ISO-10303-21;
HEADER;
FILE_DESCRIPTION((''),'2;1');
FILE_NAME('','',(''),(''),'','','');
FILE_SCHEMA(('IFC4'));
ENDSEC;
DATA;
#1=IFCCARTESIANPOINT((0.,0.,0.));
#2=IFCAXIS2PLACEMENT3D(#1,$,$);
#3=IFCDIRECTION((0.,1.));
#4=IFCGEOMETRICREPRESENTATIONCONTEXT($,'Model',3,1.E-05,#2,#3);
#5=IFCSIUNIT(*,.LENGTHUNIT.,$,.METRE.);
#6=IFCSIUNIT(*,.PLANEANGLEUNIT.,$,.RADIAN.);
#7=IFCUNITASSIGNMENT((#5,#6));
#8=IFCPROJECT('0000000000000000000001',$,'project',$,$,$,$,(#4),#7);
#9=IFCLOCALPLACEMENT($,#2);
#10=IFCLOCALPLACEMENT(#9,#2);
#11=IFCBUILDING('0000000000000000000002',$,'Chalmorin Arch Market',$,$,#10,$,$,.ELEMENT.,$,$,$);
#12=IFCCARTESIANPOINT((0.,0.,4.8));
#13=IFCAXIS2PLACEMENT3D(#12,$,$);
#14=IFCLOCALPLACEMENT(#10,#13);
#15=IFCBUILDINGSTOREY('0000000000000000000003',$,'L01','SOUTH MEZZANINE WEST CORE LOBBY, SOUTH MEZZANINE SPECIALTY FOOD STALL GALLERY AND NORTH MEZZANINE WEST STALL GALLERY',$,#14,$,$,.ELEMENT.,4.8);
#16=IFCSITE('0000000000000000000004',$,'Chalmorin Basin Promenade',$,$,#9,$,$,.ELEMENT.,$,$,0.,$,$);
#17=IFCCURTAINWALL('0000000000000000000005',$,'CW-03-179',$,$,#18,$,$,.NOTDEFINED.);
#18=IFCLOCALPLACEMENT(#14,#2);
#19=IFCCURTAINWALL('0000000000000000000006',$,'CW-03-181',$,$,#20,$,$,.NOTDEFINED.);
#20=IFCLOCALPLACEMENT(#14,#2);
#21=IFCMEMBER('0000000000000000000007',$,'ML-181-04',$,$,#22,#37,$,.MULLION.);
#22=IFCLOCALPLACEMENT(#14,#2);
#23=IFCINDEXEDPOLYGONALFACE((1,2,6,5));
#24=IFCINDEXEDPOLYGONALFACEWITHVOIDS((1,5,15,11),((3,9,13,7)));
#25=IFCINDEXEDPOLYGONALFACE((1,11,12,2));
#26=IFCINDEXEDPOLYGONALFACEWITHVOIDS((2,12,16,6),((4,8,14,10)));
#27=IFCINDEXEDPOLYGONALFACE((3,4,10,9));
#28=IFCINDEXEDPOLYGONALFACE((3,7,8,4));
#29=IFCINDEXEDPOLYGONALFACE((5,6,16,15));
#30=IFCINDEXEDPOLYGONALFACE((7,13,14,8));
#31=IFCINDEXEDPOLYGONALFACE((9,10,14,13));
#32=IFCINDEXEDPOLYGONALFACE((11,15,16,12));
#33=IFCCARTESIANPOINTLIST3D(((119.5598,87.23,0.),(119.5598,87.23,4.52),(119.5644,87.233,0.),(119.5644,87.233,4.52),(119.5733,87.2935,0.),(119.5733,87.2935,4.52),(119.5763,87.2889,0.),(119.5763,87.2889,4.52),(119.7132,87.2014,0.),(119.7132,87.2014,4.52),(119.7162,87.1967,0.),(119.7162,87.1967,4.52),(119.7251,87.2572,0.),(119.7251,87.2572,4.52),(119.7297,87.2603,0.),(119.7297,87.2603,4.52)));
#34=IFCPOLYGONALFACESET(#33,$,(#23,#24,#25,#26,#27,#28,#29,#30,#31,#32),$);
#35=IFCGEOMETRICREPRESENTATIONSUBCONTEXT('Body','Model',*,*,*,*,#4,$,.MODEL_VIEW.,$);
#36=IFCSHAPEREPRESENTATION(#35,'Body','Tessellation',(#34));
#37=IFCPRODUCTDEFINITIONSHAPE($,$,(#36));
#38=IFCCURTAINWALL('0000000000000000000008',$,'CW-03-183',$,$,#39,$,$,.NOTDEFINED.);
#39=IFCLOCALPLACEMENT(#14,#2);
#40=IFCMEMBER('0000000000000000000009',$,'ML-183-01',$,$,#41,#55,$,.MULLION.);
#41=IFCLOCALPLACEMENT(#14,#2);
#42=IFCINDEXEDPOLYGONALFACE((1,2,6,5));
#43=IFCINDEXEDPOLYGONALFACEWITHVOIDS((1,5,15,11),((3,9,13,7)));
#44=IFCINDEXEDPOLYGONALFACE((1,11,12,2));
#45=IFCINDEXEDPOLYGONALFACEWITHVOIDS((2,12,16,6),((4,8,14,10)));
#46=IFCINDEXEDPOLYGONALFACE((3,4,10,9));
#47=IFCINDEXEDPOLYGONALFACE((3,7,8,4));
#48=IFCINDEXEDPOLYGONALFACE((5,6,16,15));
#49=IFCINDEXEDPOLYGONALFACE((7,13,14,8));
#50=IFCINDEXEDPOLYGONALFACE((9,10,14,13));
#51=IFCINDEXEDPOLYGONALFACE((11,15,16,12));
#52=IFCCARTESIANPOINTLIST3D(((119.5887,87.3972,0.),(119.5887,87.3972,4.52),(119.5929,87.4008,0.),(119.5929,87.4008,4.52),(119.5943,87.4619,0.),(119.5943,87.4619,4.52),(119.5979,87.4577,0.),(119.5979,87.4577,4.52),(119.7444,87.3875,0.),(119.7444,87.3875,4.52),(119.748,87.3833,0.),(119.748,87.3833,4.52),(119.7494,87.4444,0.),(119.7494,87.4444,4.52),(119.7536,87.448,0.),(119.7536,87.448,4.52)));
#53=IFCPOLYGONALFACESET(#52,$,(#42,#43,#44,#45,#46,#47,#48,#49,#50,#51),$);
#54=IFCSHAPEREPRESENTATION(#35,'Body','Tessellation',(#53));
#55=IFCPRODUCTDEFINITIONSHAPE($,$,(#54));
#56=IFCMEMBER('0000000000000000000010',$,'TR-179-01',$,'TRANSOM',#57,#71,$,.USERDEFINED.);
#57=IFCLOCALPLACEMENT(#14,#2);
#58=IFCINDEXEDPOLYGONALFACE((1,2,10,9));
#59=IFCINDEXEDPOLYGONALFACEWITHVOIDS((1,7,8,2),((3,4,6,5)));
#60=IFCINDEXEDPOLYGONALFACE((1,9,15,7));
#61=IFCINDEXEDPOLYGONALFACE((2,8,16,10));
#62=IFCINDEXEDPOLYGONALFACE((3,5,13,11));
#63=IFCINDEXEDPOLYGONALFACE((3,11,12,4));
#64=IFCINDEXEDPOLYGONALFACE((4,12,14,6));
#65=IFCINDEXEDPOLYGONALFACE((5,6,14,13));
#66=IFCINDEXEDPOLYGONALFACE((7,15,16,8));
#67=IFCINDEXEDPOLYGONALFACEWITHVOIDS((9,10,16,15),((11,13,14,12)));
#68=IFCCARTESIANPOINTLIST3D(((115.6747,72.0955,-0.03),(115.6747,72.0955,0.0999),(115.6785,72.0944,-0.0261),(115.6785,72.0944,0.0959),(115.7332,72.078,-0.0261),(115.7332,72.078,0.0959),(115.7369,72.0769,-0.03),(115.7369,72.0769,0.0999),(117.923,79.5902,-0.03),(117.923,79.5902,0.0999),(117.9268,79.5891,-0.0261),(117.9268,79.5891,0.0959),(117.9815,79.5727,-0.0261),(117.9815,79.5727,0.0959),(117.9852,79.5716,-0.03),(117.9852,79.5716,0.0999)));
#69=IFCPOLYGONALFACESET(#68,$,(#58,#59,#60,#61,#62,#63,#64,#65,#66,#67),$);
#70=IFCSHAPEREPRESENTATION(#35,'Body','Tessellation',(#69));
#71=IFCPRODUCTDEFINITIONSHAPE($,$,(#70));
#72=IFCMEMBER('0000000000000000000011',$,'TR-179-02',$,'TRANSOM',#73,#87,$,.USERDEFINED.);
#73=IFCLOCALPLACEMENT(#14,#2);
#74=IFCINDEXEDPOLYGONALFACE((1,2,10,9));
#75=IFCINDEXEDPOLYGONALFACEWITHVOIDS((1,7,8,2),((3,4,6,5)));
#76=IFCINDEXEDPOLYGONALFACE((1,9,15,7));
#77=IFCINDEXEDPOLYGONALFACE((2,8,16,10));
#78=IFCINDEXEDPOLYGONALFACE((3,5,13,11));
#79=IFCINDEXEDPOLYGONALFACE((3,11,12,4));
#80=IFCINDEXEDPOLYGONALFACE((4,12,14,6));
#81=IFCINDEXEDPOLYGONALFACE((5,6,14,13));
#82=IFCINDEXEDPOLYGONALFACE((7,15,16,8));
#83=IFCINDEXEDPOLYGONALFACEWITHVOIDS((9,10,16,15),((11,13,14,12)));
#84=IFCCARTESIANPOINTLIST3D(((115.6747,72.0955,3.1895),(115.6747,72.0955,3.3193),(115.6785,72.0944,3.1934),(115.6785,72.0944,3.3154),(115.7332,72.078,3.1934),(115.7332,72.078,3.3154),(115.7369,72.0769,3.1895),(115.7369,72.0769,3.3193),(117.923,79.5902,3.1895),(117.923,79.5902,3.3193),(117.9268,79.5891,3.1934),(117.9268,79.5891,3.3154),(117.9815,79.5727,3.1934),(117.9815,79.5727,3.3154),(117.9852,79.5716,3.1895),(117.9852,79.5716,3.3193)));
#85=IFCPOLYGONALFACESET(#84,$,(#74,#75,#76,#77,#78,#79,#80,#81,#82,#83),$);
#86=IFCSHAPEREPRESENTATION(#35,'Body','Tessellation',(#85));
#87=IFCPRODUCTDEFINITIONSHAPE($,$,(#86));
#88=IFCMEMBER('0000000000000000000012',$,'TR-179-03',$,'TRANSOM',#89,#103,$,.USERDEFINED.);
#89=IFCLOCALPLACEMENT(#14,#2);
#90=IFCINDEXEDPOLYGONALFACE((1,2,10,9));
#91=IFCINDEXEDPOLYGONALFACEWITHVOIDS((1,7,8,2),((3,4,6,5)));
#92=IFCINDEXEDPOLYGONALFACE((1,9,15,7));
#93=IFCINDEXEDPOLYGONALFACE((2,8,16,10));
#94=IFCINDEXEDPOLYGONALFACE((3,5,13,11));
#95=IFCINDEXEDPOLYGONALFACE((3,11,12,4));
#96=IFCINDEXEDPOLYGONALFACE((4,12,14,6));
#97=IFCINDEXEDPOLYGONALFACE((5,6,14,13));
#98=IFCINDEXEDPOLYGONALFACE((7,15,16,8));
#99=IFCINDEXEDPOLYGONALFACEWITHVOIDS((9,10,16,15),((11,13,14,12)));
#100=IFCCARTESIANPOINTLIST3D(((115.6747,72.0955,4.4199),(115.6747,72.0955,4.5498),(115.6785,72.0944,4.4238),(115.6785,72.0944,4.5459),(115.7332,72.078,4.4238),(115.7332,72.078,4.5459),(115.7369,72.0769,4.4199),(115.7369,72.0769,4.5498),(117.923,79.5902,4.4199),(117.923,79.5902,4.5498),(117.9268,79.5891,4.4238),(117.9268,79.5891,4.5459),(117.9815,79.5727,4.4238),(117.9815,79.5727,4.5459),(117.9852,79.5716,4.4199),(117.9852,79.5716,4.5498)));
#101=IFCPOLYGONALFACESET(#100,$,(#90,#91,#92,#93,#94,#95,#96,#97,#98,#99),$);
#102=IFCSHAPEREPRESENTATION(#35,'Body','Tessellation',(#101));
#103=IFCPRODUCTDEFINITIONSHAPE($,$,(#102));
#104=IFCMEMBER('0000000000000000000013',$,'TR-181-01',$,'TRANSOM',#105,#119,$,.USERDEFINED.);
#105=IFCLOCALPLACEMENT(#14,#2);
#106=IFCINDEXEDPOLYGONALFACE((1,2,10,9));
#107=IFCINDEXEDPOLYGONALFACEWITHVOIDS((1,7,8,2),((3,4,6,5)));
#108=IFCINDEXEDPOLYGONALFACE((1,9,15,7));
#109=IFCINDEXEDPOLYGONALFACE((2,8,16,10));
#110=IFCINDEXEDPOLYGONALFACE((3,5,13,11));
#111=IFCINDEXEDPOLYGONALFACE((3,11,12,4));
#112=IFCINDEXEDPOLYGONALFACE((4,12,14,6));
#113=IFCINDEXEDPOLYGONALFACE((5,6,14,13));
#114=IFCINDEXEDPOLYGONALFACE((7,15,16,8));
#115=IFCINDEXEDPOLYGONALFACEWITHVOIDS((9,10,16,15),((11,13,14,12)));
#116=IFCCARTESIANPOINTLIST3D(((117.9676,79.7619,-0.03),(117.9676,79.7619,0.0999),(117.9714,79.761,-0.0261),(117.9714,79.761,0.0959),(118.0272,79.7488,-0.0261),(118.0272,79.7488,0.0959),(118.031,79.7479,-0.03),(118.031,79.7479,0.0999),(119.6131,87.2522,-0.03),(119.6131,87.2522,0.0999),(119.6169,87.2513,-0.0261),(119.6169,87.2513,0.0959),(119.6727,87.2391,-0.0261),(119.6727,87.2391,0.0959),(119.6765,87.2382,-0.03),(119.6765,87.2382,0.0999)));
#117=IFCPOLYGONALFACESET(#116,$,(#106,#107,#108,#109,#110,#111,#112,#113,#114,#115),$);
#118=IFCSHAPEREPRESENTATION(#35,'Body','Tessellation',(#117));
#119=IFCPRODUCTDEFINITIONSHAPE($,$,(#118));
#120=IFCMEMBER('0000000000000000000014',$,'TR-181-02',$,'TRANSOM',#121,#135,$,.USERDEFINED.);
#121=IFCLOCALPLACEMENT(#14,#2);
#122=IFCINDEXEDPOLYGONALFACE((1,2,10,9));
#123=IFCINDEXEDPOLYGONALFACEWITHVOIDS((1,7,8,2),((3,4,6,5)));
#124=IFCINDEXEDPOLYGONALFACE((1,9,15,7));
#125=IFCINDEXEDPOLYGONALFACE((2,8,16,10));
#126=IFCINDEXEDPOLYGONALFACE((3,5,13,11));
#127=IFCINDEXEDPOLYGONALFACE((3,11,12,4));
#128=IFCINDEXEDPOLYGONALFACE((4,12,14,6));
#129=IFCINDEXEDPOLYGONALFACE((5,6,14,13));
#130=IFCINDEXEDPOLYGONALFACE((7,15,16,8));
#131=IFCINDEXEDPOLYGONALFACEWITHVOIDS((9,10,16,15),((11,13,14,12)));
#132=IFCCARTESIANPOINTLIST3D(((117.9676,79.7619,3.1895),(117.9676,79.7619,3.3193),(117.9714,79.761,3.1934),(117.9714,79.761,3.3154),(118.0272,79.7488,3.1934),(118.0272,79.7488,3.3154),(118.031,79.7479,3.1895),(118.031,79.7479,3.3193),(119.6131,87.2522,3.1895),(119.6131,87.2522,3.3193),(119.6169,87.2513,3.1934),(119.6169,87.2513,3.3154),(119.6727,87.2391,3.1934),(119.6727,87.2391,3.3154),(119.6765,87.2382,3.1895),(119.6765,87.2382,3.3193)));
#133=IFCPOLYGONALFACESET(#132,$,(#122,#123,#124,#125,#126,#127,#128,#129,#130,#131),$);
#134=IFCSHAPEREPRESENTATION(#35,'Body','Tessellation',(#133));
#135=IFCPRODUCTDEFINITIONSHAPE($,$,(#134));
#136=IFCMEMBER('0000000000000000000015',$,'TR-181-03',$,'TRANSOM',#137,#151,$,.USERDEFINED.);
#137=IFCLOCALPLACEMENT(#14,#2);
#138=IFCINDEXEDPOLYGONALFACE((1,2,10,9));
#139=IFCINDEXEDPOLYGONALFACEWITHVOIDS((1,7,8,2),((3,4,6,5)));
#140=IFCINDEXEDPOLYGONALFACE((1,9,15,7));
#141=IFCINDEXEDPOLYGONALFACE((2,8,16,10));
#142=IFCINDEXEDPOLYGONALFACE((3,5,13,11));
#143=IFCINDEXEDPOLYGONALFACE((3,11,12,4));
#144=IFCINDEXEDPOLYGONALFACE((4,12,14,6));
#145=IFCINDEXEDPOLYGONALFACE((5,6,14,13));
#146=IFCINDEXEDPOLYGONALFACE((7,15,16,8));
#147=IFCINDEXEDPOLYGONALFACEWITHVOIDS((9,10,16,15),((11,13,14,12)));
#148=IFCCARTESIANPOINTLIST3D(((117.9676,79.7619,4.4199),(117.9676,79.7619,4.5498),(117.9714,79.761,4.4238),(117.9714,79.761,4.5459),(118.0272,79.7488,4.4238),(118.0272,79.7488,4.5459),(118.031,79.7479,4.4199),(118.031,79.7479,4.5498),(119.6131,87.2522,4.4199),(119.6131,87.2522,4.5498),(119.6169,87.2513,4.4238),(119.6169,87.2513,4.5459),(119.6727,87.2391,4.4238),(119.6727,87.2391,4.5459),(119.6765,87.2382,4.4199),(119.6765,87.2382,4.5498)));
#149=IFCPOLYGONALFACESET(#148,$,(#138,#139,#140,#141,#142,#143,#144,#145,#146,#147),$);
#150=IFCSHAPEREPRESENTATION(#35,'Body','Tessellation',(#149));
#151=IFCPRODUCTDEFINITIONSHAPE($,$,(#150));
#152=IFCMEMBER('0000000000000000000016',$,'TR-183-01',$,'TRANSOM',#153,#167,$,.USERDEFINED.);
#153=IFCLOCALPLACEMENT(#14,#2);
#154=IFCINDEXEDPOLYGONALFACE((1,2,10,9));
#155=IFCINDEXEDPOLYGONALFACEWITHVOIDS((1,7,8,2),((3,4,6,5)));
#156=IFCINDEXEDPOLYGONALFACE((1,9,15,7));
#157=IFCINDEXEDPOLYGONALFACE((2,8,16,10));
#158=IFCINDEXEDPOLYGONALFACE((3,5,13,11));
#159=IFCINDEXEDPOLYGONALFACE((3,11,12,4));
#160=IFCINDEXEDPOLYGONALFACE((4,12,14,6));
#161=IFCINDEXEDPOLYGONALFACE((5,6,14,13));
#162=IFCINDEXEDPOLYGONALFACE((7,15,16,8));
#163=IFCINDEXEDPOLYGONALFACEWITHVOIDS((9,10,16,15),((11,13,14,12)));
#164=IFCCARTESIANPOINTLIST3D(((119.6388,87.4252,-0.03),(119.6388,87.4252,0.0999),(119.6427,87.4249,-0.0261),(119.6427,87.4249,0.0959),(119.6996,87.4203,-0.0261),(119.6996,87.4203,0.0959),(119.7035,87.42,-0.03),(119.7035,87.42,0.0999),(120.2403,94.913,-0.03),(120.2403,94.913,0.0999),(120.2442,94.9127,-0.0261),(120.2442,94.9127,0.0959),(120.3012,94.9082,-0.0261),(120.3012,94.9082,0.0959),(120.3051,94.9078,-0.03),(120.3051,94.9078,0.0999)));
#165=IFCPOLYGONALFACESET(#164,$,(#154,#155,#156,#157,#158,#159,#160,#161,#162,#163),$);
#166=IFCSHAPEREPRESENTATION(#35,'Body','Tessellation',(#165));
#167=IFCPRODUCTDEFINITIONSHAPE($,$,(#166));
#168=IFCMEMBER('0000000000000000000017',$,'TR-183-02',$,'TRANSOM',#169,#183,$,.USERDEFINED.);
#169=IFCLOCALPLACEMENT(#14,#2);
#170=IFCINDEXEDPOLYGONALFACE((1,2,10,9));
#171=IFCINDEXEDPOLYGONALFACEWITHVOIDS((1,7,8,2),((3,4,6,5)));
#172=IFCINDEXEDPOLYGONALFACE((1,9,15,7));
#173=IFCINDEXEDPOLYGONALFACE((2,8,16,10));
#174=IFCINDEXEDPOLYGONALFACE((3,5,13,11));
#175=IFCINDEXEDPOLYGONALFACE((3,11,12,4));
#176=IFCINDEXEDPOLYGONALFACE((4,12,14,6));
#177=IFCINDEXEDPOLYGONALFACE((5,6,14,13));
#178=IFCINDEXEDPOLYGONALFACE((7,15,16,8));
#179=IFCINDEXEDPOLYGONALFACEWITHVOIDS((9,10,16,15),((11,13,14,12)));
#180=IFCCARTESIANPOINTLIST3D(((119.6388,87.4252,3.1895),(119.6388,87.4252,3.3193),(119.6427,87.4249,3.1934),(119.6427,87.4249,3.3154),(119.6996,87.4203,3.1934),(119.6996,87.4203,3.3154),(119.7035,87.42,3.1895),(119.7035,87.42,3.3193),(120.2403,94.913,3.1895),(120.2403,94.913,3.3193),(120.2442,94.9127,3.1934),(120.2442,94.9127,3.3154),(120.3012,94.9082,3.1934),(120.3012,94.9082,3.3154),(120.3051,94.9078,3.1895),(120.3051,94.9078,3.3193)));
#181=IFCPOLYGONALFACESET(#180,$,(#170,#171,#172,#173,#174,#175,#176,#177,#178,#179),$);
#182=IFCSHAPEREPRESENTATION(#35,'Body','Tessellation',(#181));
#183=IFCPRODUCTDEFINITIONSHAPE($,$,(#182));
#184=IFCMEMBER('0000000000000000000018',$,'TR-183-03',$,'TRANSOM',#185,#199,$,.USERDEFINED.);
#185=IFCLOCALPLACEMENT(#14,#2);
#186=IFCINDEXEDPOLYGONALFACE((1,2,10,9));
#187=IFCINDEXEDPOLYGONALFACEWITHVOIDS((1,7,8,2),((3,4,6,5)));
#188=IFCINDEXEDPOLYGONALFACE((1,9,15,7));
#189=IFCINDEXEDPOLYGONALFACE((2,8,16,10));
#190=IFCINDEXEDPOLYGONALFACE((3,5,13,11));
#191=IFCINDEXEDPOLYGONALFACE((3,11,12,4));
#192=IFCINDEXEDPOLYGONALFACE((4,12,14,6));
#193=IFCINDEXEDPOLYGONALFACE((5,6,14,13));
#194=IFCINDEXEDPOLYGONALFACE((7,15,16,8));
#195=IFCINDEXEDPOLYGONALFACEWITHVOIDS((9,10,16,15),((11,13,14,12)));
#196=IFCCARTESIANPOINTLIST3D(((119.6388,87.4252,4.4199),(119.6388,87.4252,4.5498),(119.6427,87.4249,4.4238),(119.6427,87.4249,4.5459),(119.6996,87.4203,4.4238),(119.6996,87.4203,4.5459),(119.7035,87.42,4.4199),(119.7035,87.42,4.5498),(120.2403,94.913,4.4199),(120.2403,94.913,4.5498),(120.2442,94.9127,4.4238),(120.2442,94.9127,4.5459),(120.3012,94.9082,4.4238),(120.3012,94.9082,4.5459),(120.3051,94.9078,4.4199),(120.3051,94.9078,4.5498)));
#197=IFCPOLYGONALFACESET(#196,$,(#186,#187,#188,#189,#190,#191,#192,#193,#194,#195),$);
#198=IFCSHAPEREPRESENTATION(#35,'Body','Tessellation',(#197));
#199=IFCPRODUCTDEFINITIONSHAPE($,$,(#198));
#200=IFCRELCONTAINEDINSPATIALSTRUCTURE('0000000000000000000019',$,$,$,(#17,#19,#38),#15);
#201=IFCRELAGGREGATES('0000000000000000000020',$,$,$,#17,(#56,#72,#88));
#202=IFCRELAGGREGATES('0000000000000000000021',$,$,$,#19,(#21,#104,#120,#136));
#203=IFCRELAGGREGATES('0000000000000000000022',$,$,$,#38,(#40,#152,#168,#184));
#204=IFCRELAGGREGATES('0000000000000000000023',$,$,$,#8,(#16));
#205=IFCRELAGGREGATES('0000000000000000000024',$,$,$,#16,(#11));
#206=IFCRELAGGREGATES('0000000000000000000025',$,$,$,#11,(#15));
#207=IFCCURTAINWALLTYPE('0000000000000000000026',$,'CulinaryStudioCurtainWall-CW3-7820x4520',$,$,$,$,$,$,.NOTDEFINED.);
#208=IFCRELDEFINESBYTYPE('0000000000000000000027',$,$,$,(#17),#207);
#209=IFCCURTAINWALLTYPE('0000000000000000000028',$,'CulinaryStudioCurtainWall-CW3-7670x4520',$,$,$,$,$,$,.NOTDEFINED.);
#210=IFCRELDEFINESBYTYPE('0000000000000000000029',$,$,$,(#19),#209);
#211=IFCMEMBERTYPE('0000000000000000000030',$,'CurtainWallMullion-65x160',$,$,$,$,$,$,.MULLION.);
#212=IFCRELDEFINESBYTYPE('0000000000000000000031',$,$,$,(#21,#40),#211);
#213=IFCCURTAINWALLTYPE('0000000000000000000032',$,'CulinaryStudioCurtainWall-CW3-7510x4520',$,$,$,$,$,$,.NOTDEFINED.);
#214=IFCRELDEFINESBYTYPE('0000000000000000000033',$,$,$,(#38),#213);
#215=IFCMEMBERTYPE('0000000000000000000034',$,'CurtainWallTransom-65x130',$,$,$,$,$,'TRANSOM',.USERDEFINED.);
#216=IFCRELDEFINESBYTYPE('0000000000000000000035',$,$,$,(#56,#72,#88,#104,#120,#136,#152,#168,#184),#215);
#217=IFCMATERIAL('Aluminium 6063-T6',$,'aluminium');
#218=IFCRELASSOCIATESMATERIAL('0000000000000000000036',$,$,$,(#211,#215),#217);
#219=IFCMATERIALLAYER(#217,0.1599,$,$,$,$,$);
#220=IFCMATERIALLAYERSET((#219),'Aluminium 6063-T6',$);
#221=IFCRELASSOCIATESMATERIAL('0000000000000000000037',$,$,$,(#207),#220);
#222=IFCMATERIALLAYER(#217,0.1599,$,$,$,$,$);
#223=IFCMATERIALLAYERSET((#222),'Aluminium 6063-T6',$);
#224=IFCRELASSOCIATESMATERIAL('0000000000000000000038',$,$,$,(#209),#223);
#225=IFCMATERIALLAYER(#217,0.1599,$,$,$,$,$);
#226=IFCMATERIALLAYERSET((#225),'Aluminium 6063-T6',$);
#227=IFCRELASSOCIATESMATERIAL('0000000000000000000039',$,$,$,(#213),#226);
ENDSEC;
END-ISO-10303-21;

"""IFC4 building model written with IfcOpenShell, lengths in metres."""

from ifc_helpers import new_model, si_unit, direction, frame, origin, origin_2d, place, context, subcontext, project, spatial, hollow_rectangle, extrude, material, layer, layer_set, material_profile, profile_set, type_object, element, aggregate, save


model = new_model("IFC4")

# Units and contexts
model_context = context("Model", 3, precision=1e-05, world=origin(), true_north=direction((0.0, 1.0)))
body_context = subcontext(model_context, "Body", "Model", "MODEL_VIEW")
ifc_project = project(units=[si_unit("LENGTHUNIT", "METRE"), si_unit("PLANEANGLEUNIT", "RADIAN")], contexts=[model_context])

# Site, building, storey
site_placement = place(None, origin())
site = spatial("IfcSite", under=ifc_project, at=site_placement, Name="Chalmorin Basin Promenade", CompositionType="ELEMENT", RefElevation=0.0)
building_placement = place(site_placement, origin())
building = spatial("IfcBuilding", under=site, at=building_placement, Name="Chalmorin Arch Market", CompositionType="ELEMENT")
storey_placement = place(building_placement, frame((0.0, 0.0, 4.8)))
storey = spatial("IfcBuildingStorey", under=building, at=storey_placement, Name="L01", Description="SOUTH MEZZANINE WEST CORE LOBBY, SOUTH MEZZANINE SPECIALTY FOOD STALL GALLERY AND NORTH MEZZANINE WEST STALL GALLERY", CompositionType="ELEMENT", Elevation=4.8)

# Shared definitions
ifc_material_1 = material(Name="Aluminium 6063-T6", Category="aluminium")
ifc_material_profile_1 = material_profile(ifc_material_1, hollow_rectangle(XDim=0.0649, YDim=0.1599, WallThickness=0.0039, at=origin_2d()), Name="ALU65X160X4")
ifc_profile_set_1 = profile_set([ifc_material_profile_1], Name="Aluminium 6063-T6")
member_type_1 = type_object("IfcMemberType", Name="CurtainWallMullion-65x160", PredefinedType="MULLION", material=ifc_profile_set_1)

# Curtain walls, member
ifc_layer_1 = layer(ifc_material_1, 0.1599)
ifc_layer_set_1 = layer_set([ifc_layer_1], Name="Aluminium 6063-T6")
curtain_wall_type_1 = type_object("IfcCurtainWallType", Name="CulinaryStudioCurtainWall-CW3-7820x4520", PredefinedType="NOTDEFINED", material=ifc_layer_set_1)
curtain_wall_1_placement = place(storey_placement, origin())
curtain_wall_1 = element("IfcCurtainWall", 1, at=curtain_wall_1_placement, inside=storey, type_object=curtain_wall_type_1, Name="CW-03-179", PredefinedType="NOTDEFINED")
ifc_layer_2 = layer(ifc_material_1, 0.1599)
ifc_layer_set_2 = layer_set([ifc_layer_2], Name="Aluminium 6063-T6")
curtain_wall_type_2 = type_object("IfcCurtainWallType", Name="CulinaryStudioCurtainWall-CW3-7670x4520", PredefinedType="NOTDEFINED", material=ifc_layer_set_2)
curtain_wall_2_placement = place(storey_placement, origin())
curtain_wall_2 = element("IfcCurtainWall", 2, at=curtain_wall_2_placement, inside=storey, type_object=curtain_wall_type_2, Name="CW-03-181", PredefinedType="NOTDEFINED")
member_1_placement = place(storey_placement, frame((119.6448, 87.2451, 0.0), z_axis=(0.0, 0.0, 1.0), x_axis=(0.207912, 0.978148, 0.0)))
member_1 = element("IfcMember", 3, at=member_1_placement, type_object=member_type_1, Name="ML-181-04", PredefinedType="MULLION", context=body_context, shape_type="SweptSolid", body=[
    extrude(hollow_rectangle(XDim=0.0649, YDim=0.1599, WallThickness=0.0039, at=origin_2d()), origin(), (0.0, 0.0, 1.0), 4.52),
])

# Curtain wall, member
ifc_layer_3 = layer(ifc_material_1, 0.1599)
ifc_layer_set_3 = layer_set([ifc_layer_3], Name="Aluminium 6063-T6")
curtain_wall_type_3 = type_object("IfcCurtainWallType", Name="CulinaryStudioCurtainWall-CW3-7510x4520", PredefinedType="NOTDEFINED", material=ifc_layer_set_3)
curtain_wall_3_placement = place(storey_placement, origin())
curtain_wall_3 = element("IfcCurtainWall", 4, at=curtain_wall_3_placement, inside=storey, type_object=curtain_wall_type_3, Name="CW-03-183", PredefinedType="NOTDEFINED")
member_2_placement = place(storey_placement, frame((119.6711, 87.4226, 0.0), z_axis=(0.0, 0.0, 1.0), x_axis=(0.087156, 0.996195, 0.0)))
member_2 = element("IfcMember", 5, at=member_2_placement, type_object=member_type_1, Name="ML-183-01", PredefinedType="MULLION", context=body_context, shape_type="SweptSolid", body=[
    extrude(hollow_rectangle(XDim=0.0649, YDim=0.1599, WallThickness=0.0039, at=origin_2d()), origin(), (0.0, 0.0, 1.0), 4.52),
])

# Members
ifc_material_profile_2 = material_profile(ifc_material_1, hollow_rectangle(XDim=0.0649, YDim=0.1299, WallThickness=0.0039, at=origin_2d()), Name="ALU65X130X4")
ifc_profile_set_2 = profile_set([ifc_material_profile_2], Name="Aluminium 6063-T6")
member_type_2 = type_object("IfcMemberType", Name="CurtainWallTransom-65x130", ElementType="TRANSOM", PredefinedType="USERDEFINED", material=ifc_profile_set_2)
member_3_placement = place(storey_placement, frame((115.7058, 72.0862, 0.0349), z_axis=(0.287336, 0.95783, 0.0), x_axis=(-0.95783, 0.287336, 0.0)))
member_3 = element("IfcMember", 6, at=member_3_placement, type_object=member_type_2, Name="TR-179-01", ObjectType="TRANSOM", PredefinedType="USERDEFINED", context=body_context, shape_type="SweptSolid", body=[
    extrude(hollow_rectangle(XDim=0.0649, YDim=0.1299, WallThickness=0.0039, at=origin_2d()), origin(), (0.0, 0.0, 1.0), 7.8247),
])
member_4_placement = place(storey_placement, frame((115.7058, 72.0862, 3.2544), z_axis=(0.287336, 0.95783, 0.0), x_axis=(-0.95783, 0.287336, 0.0)))
member_4 = element("IfcMember", 7, at=member_4_placement, type_object=member_type_2, Name="TR-179-02", ObjectType="TRANSOM", PredefinedType="USERDEFINED", context=body_context, shape_type="SweptSolid", body=[
    extrude(hollow_rectangle(XDim=0.0649, YDim=0.1299, WallThickness=0.0039, at=origin_2d()), origin(), (0.0, 0.0, 1.0), 7.8247),
])
member_5_placement = place(storey_placement, frame((115.7058, 72.0862, 4.4849), z_axis=(0.287336, 0.95783, 0.0), x_axis=(-0.95783, 0.287336, 0.0)))
member_5 = element("IfcMember", 8, at=member_5_placement, type_object=member_type_2, Name="TR-179-03", ObjectType="TRANSOM", PredefinedType="USERDEFINED", context=body_context, shape_type="SweptSolid", body=[
    extrude(hollow_rectangle(XDim=0.0649, YDim=0.1299, WallThickness=0.0039, at=origin_2d()), origin(), (0.0, 0.0, 1.0), 7.8247),
])
member_6_placement = place(storey_placement, frame((117.9993, 79.7549, 0.0349), z_axis=(0.21457, 0.976709, 0.0), x_axis=(-0.976709, 0.21457, 0.0)))
member_6 = element("IfcMember", 9, at=member_6_placement, type_object=member_type_2, Name="TR-181-01", ObjectType="TRANSOM", PredefinedType="USERDEFINED", context=body_context, shape_type="SweptSolid", body=[
    extrude(hollow_rectangle(XDim=0.0649, YDim=0.1299, WallThickness=0.0039, at=origin_2d()), origin(), (0.0, 0.0, 1.0), 7.6689),
])
member_7_placement = place(storey_placement, frame((117.9993, 79.7549, 3.2544), z_axis=(0.21457, 0.976709, 0.0), x_axis=(-0.976709, 0.21457, 0.0)))
member_7 = element("IfcMember", 10, at=member_7_placement, type_object=member_type_2, Name="TR-181-02", ObjectType="TRANSOM", PredefinedType="USERDEFINED", context=body_context, shape_type="SweptSolid", body=[
    extrude(hollow_rectangle(XDim=0.0649, YDim=0.1299, WallThickness=0.0039, at=origin_2d()), origin(), (0.0, 0.0, 1.0), 7.6689),
])
member_8_placement = place(storey_placement, frame((117.9993, 79.7549, 4.4849), z_axis=(0.21457, 0.976709, 0.0), x_axis=(-0.976709, 0.21457, 0.0)))
member_8 = element("IfcMember", 11, at=member_8_placement, type_object=member_type_2, Name="TR-181-03", ObjectType="TRANSOM", PredefinedType="USERDEFINED", context=body_context, shape_type="SweptSolid", body=[
    extrude(hollow_rectangle(XDim=0.0649, YDim=0.1299, WallThickness=0.0039, at=origin_2d()), origin(), (0.0, 0.0, 1.0), 7.6689),
])
member_9_placement = place(storey_placement, frame((119.6711, 87.4226, 0.0349), z_axis=(0.080081, 0.996788, 0.0), x_axis=(-0.996788, 0.080081, 0.0)))
member_9 = element("IfcMember", 12, at=member_9_placement, type_object=member_type_2, Name="TR-183-01", ObjectType="TRANSOM", PredefinedType="USERDEFINED", context=body_context, shape_type="SweptSolid", body=[
    extrude(hollow_rectangle(XDim=0.0649, YDim=0.1299, WallThickness=0.0039, at=origin_2d()), origin(), (0.0, 0.0, 1.0), 7.512),
])
member_10_placement = place(storey_placement, frame((119.6711, 87.4226, 3.2544), z_axis=(0.080081, 0.996788, 0.0), x_axis=(-0.996788, 0.080081, 0.0)))
member_10 = element("IfcMember", 13, at=member_10_placement, type_object=member_type_2, Name="TR-183-02", ObjectType="TRANSOM", PredefinedType="USERDEFINED", context=body_context, shape_type="SweptSolid", body=[
    extrude(hollow_rectangle(XDim=0.0649, YDim=0.1299, WallThickness=0.0039, at=origin_2d()), origin(), (0.0, 0.0, 1.0), 7.512),
])
member_11_placement = place(storey_placement, frame((119.6711, 87.4226, 4.4849), z_axis=(0.080081, 0.996788, 0.0), x_axis=(-0.996788, 0.080081, 0.0)))
member_11 = element("IfcMember", 14, at=member_11_placement, type_object=member_type_2, Name="TR-183-03", ObjectType="TRANSOM", PredefinedType="USERDEFINED", context=body_context, shape_type="SweptSolid", body=[
    extrude(hollow_rectangle(XDim=0.0649, YDim=0.1299, WallThickness=0.0039, at=origin_2d()), origin(), (0.0, 0.0, 1.0), 7.512),
])

aggregate(curtain_wall_1, [member_3, member_4, member_5])
aggregate(curtain_wall_2, [member_1, member_6, member_7, member_8])
aggregate(curtain_wall_3, [member_2, member_9, member_10, member_11])

save(model, "model.ifc")
